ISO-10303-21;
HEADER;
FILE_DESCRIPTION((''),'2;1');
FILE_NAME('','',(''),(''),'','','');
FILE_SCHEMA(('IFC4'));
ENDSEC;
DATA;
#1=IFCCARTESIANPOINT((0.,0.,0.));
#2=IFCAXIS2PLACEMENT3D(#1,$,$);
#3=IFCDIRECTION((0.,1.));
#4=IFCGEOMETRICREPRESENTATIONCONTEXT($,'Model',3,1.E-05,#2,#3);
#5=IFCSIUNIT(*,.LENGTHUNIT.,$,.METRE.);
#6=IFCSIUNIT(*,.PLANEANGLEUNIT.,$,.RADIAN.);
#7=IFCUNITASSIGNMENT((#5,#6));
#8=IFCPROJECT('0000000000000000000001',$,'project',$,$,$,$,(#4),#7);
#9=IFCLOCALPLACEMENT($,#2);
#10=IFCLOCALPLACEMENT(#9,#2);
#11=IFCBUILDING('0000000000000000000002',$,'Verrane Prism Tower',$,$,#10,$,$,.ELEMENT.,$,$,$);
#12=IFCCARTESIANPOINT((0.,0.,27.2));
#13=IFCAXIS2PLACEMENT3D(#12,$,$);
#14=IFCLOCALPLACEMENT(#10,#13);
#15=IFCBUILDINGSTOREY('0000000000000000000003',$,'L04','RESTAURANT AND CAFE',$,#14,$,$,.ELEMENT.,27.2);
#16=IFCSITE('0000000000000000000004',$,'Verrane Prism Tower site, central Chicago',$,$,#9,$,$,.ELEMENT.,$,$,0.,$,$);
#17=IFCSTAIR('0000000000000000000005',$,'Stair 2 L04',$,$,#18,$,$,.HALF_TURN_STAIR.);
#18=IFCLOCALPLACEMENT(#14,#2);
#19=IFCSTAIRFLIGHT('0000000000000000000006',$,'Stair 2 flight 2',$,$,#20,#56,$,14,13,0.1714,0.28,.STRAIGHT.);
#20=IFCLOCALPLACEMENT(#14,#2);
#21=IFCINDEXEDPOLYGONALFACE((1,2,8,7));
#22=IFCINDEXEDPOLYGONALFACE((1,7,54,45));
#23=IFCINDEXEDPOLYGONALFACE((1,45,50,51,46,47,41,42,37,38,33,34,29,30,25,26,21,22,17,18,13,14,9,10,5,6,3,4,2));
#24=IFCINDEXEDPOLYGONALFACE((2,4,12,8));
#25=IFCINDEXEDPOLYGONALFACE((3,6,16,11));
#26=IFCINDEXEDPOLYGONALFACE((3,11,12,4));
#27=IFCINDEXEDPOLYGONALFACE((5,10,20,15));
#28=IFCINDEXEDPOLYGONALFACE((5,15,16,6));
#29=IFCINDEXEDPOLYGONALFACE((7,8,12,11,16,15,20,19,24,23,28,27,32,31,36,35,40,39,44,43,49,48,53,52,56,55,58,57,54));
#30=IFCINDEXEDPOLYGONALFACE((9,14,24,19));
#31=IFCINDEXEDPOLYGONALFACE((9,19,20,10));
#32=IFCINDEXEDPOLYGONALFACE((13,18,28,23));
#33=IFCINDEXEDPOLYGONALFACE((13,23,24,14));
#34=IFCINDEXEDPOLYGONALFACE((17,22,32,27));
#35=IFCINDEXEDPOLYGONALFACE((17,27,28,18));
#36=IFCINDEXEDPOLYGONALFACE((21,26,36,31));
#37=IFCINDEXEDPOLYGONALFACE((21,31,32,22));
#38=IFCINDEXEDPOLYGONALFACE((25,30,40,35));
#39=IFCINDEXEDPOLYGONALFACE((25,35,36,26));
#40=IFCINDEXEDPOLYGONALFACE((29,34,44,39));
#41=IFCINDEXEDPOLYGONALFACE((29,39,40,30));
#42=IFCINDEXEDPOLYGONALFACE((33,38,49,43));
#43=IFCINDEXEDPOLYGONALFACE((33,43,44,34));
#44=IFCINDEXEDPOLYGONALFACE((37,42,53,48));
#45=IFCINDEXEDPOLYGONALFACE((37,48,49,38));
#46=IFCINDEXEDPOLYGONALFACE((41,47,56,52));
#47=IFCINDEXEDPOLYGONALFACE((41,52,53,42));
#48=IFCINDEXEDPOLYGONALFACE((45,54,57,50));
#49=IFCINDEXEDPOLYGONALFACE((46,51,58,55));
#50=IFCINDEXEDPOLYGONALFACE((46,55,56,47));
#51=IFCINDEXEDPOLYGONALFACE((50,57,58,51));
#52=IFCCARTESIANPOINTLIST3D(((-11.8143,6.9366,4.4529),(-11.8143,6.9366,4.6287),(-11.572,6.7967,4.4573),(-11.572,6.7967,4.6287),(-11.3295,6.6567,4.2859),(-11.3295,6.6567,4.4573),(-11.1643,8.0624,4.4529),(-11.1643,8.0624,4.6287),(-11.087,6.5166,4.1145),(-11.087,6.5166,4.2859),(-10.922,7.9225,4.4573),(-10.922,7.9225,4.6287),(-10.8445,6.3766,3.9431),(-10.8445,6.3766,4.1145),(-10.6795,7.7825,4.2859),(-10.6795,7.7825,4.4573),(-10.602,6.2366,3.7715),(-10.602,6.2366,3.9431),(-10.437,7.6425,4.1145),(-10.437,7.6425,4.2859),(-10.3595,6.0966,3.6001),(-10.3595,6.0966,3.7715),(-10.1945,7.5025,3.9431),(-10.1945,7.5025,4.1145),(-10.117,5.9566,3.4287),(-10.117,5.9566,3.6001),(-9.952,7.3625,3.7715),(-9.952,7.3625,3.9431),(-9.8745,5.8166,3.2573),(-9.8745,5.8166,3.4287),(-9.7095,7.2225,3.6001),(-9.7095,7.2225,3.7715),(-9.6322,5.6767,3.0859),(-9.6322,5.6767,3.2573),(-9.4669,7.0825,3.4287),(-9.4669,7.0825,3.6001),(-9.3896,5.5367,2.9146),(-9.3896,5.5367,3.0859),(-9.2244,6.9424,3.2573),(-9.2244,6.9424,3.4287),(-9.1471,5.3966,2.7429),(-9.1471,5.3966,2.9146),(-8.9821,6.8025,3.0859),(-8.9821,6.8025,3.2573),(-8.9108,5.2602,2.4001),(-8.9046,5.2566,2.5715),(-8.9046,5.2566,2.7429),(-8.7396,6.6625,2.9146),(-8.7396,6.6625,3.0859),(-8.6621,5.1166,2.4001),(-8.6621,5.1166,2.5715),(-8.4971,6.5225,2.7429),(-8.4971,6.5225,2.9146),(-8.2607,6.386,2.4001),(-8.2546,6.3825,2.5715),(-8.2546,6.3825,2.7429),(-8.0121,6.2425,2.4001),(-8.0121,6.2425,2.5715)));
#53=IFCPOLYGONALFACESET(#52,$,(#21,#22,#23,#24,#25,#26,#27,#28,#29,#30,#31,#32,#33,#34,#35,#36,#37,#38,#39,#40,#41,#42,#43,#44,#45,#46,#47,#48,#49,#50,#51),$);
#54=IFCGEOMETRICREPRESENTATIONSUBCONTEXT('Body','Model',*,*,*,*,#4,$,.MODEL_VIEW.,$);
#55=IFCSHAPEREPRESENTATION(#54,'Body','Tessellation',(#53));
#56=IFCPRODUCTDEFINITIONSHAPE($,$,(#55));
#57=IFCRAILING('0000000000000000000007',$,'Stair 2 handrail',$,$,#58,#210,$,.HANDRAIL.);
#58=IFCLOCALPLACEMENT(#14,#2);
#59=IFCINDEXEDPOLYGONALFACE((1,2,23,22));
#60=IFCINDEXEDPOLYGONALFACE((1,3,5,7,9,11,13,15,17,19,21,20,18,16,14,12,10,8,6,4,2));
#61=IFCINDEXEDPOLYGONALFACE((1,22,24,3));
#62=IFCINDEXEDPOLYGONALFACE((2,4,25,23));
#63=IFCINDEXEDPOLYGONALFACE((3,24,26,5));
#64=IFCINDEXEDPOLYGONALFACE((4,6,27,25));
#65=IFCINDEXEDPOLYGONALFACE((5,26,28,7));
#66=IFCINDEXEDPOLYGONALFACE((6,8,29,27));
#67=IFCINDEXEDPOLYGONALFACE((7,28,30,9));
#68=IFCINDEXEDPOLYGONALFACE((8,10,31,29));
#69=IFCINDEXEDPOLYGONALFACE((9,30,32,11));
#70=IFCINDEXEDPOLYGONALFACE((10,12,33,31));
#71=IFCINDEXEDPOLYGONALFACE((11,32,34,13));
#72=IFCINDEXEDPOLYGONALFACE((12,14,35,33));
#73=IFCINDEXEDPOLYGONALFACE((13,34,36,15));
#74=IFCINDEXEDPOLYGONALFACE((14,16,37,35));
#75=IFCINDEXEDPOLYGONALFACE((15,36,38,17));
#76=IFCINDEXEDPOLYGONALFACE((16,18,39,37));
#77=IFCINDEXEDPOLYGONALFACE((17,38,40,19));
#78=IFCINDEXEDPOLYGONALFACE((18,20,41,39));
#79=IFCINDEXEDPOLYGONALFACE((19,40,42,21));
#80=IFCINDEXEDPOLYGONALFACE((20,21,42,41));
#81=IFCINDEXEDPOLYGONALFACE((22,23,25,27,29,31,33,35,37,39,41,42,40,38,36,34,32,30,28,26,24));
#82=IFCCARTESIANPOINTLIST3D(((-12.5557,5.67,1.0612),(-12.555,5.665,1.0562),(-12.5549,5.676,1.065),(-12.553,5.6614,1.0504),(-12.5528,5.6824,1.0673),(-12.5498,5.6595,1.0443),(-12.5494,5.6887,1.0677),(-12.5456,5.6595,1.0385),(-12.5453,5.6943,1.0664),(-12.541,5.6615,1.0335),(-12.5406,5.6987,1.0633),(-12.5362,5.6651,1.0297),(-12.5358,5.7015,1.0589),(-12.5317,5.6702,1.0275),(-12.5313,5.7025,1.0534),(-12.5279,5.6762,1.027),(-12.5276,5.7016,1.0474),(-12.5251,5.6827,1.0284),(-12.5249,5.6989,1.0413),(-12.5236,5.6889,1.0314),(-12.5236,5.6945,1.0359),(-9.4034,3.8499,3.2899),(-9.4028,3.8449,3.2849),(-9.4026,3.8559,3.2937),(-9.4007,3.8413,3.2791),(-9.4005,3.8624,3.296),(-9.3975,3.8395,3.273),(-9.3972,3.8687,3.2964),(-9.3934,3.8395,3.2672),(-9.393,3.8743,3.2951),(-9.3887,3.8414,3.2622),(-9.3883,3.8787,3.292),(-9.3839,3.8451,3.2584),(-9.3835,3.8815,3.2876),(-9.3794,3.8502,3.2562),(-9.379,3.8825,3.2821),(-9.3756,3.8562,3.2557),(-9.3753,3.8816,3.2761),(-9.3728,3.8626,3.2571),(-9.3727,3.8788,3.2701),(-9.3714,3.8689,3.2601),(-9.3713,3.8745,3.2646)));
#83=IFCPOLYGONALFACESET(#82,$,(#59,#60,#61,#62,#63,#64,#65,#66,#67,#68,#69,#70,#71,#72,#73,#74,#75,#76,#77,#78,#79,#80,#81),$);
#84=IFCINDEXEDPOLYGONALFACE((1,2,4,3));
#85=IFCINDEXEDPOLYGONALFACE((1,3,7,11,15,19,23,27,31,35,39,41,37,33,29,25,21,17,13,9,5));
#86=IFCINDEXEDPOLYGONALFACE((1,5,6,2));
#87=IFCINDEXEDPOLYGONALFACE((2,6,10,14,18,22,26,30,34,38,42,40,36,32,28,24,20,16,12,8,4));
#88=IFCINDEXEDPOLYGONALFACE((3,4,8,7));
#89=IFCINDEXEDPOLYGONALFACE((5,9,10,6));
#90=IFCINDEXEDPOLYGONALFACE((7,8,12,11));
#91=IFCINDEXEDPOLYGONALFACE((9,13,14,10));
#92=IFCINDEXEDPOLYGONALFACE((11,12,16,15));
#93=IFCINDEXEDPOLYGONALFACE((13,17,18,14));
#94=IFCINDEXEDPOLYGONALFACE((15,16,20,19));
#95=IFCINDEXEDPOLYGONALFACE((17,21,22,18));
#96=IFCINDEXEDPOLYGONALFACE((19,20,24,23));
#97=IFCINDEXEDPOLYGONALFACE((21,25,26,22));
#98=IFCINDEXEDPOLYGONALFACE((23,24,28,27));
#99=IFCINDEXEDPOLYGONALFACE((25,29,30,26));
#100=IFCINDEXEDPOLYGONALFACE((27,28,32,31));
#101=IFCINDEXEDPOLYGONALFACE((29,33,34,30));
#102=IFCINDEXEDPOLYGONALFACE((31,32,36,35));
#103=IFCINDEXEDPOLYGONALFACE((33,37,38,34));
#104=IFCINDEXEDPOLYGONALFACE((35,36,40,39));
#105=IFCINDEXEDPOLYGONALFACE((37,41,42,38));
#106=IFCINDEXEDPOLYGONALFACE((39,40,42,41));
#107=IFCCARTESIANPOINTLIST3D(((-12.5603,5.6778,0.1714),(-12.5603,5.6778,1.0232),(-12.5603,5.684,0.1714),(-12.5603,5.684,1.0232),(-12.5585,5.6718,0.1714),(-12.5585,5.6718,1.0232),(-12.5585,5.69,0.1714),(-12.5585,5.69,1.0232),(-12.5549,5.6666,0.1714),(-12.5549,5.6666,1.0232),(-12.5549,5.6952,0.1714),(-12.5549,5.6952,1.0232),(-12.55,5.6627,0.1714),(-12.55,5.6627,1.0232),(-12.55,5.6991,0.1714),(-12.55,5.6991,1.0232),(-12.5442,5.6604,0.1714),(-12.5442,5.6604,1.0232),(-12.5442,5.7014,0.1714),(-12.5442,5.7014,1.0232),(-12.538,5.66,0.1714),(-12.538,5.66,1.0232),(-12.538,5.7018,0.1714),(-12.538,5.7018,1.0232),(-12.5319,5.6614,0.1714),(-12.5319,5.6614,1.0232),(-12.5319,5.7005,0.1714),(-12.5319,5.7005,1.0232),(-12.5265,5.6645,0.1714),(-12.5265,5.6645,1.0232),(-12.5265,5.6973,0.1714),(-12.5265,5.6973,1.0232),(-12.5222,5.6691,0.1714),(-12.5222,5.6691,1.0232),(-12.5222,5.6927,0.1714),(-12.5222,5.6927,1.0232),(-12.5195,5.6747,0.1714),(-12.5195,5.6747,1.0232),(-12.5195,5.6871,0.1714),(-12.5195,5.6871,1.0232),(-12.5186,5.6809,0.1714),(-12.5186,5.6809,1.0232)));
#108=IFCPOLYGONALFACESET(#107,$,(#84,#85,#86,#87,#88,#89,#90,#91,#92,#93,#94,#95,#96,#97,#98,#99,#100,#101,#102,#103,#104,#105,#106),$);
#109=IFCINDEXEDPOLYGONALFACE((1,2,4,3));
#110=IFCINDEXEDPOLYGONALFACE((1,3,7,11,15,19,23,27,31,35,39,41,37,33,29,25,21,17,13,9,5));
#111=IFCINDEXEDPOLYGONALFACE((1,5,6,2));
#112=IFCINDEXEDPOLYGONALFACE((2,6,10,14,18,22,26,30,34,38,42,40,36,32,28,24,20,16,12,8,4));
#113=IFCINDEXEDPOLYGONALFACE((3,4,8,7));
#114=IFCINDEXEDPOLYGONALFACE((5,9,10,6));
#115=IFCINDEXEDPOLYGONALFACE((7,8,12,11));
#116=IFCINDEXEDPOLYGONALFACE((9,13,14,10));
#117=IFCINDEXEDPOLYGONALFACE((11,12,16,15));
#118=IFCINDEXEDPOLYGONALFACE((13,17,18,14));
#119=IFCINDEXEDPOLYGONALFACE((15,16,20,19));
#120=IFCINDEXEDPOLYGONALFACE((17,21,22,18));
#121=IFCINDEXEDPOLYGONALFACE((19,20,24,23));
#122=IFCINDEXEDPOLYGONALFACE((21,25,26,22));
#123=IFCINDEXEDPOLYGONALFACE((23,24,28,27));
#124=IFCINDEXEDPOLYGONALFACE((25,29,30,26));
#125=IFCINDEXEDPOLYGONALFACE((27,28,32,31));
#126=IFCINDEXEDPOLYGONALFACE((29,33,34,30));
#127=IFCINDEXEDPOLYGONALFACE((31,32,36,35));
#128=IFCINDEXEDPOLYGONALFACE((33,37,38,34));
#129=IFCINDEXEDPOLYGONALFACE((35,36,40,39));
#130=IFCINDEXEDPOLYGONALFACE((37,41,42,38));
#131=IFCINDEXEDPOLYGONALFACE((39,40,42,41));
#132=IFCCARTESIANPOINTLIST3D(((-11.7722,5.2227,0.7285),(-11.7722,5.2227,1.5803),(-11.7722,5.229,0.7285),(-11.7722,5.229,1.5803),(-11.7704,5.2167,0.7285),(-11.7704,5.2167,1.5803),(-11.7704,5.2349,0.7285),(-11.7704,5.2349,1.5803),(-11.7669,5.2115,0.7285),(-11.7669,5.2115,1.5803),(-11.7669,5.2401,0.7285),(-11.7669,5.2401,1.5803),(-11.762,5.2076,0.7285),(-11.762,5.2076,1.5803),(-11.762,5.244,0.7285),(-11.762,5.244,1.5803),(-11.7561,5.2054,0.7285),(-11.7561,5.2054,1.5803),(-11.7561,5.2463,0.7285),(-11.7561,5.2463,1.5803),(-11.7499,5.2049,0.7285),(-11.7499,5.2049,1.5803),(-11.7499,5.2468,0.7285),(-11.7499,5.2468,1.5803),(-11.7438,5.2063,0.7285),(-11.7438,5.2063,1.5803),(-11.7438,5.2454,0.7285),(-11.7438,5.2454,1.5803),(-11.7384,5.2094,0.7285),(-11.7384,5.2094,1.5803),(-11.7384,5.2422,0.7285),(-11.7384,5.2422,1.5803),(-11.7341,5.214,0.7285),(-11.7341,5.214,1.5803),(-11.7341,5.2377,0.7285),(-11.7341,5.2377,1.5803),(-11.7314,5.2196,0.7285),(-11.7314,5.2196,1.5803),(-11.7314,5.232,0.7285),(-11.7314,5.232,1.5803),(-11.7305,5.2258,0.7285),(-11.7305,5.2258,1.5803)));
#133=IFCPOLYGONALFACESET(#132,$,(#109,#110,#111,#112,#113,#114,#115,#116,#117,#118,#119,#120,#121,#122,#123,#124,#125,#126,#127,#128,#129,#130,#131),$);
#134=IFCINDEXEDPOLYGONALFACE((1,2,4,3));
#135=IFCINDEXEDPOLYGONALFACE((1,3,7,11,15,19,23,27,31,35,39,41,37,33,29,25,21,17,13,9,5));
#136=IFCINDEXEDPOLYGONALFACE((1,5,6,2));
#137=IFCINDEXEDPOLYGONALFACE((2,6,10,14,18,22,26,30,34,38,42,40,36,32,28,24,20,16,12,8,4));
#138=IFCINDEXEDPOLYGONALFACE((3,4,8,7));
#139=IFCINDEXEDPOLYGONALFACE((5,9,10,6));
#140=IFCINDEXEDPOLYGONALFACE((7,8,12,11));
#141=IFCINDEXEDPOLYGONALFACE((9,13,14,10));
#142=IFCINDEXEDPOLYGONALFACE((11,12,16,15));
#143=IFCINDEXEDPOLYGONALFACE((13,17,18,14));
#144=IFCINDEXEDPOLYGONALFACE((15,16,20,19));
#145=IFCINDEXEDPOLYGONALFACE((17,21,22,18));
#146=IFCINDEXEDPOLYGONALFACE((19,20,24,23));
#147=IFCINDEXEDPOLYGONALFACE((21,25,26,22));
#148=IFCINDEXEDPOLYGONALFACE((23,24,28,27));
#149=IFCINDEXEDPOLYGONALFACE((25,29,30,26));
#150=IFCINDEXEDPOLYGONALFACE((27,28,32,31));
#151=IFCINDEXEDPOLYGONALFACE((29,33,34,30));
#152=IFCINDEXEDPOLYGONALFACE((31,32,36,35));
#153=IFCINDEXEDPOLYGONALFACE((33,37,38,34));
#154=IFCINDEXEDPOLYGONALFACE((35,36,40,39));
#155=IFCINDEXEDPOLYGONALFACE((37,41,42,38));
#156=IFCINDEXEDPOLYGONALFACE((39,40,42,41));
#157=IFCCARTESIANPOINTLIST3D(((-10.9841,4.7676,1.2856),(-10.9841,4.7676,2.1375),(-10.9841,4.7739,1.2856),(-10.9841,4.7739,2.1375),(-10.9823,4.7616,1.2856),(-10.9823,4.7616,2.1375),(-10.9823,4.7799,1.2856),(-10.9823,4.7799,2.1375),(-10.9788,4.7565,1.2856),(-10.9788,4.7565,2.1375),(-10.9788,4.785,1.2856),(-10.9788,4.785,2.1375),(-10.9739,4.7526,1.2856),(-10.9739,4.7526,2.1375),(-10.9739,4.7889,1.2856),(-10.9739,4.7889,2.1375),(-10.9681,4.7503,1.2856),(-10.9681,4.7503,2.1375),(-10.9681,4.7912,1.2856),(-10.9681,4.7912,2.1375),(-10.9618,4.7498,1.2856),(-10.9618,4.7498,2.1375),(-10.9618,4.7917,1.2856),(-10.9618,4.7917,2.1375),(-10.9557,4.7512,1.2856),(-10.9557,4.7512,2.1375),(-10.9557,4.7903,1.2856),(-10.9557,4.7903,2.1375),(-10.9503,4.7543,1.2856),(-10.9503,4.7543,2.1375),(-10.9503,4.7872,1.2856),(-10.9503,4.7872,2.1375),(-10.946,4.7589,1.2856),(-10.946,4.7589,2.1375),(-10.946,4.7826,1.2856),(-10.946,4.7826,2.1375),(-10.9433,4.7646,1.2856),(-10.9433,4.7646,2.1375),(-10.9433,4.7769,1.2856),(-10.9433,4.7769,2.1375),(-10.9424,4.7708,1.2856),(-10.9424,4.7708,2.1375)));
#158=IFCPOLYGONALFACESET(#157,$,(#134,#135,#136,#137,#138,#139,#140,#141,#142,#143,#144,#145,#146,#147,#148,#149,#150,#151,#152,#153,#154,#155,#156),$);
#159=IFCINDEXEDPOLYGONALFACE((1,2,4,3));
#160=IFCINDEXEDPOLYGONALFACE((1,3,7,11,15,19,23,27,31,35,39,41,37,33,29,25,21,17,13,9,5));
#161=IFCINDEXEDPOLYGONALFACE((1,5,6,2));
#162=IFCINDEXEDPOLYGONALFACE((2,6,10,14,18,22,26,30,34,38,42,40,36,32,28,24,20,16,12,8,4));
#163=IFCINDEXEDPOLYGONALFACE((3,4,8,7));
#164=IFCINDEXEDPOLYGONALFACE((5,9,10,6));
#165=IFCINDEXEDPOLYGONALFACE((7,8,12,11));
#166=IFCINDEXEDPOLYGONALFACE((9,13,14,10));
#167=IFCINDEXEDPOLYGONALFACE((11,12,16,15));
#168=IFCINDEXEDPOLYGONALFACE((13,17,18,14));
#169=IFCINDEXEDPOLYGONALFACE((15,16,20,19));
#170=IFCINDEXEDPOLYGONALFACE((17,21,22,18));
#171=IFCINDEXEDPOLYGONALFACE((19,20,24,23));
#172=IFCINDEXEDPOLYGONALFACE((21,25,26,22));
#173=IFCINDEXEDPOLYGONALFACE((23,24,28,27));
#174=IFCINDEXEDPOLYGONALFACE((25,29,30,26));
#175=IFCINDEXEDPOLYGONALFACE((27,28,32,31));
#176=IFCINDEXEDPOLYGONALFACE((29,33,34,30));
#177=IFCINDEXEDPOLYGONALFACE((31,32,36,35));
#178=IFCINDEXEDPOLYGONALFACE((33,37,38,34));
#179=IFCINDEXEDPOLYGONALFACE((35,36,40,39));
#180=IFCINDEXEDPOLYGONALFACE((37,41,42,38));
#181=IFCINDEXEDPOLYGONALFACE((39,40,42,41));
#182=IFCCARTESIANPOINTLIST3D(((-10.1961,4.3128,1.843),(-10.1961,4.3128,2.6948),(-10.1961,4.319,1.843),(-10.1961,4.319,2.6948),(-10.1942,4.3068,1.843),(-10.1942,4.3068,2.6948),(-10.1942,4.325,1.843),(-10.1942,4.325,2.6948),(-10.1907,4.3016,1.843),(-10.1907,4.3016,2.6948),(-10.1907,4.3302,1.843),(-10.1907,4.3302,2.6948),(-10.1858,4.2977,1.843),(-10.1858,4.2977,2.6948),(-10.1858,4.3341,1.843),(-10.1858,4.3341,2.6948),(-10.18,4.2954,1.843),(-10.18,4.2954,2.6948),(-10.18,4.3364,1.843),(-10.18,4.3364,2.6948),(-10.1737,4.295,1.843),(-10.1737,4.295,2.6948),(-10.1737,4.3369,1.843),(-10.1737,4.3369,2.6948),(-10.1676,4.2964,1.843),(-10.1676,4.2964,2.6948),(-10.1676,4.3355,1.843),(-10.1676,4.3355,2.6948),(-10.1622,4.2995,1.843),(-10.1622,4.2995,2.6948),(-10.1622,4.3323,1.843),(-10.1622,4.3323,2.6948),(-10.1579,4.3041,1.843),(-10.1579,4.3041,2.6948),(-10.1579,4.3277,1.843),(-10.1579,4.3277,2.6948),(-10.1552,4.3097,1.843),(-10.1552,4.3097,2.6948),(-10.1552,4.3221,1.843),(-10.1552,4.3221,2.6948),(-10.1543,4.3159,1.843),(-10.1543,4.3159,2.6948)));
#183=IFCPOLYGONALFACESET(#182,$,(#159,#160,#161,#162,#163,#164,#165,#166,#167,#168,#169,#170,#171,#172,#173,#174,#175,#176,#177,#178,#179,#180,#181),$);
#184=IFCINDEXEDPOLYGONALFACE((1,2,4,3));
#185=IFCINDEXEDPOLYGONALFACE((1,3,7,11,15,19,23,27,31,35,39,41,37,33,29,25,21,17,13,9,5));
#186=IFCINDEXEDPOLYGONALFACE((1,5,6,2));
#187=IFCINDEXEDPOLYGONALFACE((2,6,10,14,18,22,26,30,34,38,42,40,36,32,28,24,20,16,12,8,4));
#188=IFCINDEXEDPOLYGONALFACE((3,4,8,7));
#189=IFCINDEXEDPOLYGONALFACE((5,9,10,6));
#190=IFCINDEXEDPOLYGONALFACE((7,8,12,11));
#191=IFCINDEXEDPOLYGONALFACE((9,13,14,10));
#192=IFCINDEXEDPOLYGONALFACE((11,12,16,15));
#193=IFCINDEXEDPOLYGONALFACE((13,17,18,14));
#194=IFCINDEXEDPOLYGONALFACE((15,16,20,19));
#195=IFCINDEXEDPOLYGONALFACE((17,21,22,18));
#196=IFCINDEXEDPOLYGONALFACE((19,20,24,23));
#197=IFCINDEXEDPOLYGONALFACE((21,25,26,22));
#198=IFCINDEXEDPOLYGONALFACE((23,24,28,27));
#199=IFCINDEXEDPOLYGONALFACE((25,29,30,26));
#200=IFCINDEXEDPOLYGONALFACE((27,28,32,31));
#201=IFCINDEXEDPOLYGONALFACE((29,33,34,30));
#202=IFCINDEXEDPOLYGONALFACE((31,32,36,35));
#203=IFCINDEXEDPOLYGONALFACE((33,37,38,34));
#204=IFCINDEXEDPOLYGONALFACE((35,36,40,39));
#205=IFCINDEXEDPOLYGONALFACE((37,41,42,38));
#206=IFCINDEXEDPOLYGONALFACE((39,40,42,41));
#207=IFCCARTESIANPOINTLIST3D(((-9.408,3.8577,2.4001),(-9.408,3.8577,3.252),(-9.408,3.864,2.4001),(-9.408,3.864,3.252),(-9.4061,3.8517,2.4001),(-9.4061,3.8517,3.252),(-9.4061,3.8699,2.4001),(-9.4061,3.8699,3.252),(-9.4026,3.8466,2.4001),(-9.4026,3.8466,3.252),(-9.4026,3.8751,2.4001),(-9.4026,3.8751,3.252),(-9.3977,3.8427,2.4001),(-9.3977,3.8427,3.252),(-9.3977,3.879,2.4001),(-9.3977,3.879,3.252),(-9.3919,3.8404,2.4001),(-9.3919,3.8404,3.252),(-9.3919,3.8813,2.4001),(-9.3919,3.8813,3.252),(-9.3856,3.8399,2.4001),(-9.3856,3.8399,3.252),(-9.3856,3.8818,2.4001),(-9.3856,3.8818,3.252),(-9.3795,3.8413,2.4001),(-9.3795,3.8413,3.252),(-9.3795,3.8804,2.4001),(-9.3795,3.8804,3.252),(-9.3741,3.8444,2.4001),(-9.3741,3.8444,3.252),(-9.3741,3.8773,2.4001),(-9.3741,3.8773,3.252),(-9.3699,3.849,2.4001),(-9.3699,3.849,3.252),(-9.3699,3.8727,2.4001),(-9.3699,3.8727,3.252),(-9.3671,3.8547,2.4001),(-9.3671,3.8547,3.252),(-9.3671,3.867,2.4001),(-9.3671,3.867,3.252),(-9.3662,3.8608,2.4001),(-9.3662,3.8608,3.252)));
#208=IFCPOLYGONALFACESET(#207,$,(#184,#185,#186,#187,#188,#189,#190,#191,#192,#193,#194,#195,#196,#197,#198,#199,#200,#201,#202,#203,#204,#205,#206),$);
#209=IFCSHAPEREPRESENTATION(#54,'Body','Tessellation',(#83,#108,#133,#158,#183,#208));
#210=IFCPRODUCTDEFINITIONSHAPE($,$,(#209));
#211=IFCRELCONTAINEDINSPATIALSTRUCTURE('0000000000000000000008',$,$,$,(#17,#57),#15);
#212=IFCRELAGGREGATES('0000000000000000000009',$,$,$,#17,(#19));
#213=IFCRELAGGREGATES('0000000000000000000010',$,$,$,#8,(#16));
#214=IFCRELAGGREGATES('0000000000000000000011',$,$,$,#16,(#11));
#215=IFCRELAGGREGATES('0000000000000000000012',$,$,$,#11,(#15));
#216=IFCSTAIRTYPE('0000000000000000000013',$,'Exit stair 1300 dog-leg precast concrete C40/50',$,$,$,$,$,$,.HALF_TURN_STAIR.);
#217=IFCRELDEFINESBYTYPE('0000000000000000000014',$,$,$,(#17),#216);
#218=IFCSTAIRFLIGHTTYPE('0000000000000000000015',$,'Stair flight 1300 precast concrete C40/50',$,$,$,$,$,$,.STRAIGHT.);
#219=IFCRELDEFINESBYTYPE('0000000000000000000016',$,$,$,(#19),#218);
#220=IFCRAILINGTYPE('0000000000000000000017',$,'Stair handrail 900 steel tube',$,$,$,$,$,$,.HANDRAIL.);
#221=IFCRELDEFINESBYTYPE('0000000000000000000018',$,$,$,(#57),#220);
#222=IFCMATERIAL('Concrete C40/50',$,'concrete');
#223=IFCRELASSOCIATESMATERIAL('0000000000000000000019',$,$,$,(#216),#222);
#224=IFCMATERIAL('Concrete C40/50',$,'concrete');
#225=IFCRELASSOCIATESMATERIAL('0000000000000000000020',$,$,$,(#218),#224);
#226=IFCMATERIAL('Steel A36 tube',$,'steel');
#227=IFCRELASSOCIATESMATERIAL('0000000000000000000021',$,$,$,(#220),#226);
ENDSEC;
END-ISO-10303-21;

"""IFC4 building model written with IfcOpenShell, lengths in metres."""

from ifc_helpers import new_model, si_unit, direction, frame, origin, origin_2d, place, context, subcontext, project, spatial, polyline, circle, outline, extrude, material, type_object, element, aggregate, save


model = new_model("IFC4")

# Units and contexts
model_context = context("Model", 3, precision=1e-05, world=origin(), true_north=direction((0.0, 1.0)))
body_context = subcontext(model_context, "Body", "Model", "MODEL_VIEW")
ifc_project = project(units=[si_unit("LENGTHUNIT", "METRE"), si_unit("PLANEANGLEUNIT", "RADIAN")], contexts=[model_context])

# Site, building, storey
site_placement = place(None, origin())
site = spatial("IfcSite", under=ifc_project, at=site_placement, Name="Verrane Prism Tower site, central Chicago", CompositionType="ELEMENT", RefElevation=0.0)
building_placement = place(site_placement, origin())
building = spatial("IfcBuilding", under=site, at=building_placement, Name="Verrane Prism Tower", CompositionType="ELEMENT")
storey_placement = place(building_placement, frame((0.0, 0.0, 27.2)))
storey = spatial("IfcBuildingStorey", under=building, at=storey_placement, Name="L04", Description="RESTAURANT AND CAFE", CompositionType="ELEMENT", Elevation=27.2)

# Stair, stair flight
ifc_material_1 = material(Name="Concrete C40/50", Category="concrete")
stair_type = type_object("IfcStairType", Name="Exit stair 1300 dog-leg precast concrete C40/50", PredefinedType="HALF_TURN_STAIR", material=ifc_material_1)
stair_placement = place(storey_placement, origin())
stair = element("IfcStair", 1, at=stair_placement, inside=storey, type_object=stair_type, Name="Stair 2 L04", PredefinedType="HALF_TURN_STAIR")
ifc_material_2 = material(Name="Concrete C40/50", Category="concrete")
stair_flight_type = type_object("IfcStairFlightType", Name="Stair flight 1300 precast concrete C40/50", PredefinedType="STRAIGHT", material=ifc_material_2)
stair_flight_1_placement = place(storey_placement, frame((-8.3372, 5.6794, 2.4001), z_axis=(0.0, 0.0, 1.0), x_axis=(-0.866025, 0.5, 0.0)))
stair_flight_1 = element("IfcStairFlight", 2, at=stair_flight_1_placement, type_object=stair_flight_type, Name="Stair 2 flight 2", NumberOfRisers=14, NumberOfTreads=13, PredefinedType="STRAIGHT", RiserHeight=0.1714, TreadLength=0.28, context=body_context, shape_type="SweptSolid", body=[
    extrude(outline(polyline([(0.0, 0.0), (0.0, 0.1714), (0.28, 0.1714), (0.28, 0.3428), (0.5601, 0.3428), (0.5601, 0.5144), (0.8401, 0.5144), (0.8401, 0.6858), (1.1201, 0.6858), (1.1201, 0.8572), (1.3999, 0.8572), (1.3999, 1.0286), (1.6799, 1.0286), (1.6799, 1.2), (1.96, 1.2), (1.96, 1.3713), (2.24, 1.3713), (2.24, 1.543), (2.52, 1.543), (2.52, 1.7144), (2.8, 1.7144), (2.8, 1.8857), (3.0801, 1.8857), (3.0801, 2.0571), (3.3601, 2.0571), (3.3601, 2.2285), (3.6399, 2.2285), (3.6399, 2.3999), (3.6399, 2.0527), (0.2871, 0.0), (0.0, 0.0)])), frame((0.0, 0.6499, 0.0), z_axis=(0.0, -1.0, 0.0), x_axis=(1.0, 0.0, 0.0)), (0.0, 0.0, 1.0), 1.3),
])
aggregate(stair, [stair_flight_1])

# Railing
ifc_material_3 = material(Name="Steel A36 tube", Category="steel")
railing_type = type_object("IfcRailingType", Name="Stair handrail 900 steel tube", PredefinedType="HANDRAIL", material=ifc_material_3)
railing_1_placement = place(storey_placement, frame((-12.5396, 5.6809, 0.1714)))
element("IfcRailing", 3, at=railing_1_placement, inside=storey, type_object=railing_type, Name="Stair 2 handrail", PredefinedType="HANDRAIL", context=body_context, shape_type="SweptSolid", body=[
    extrude(circle(Radius=0.0239, at=origin_2d()), frame((0.0, 0.0, 0.876), z_axis=(0.73857, -0.426428, 0.522181), x_axis=(0.500013, 0.866018, 0.0)), (0.0, 0.0, 1.0), 4.2681),
    extrude(circle(Radius=0.021, at=origin_2d()), origin(), (0.0, 0.0, 1.0), 0.8518),
    extrude(circle(Radius=0.021, at=origin_2d()), frame((0.7881, -0.4551, 0.5571)), (0.0, 0.0, 1.0), 0.8518),
    extrude(circle(Radius=0.021, at=origin_2d()), frame((1.5762, -0.9102, 1.1143)), (0.0, 0.0, 1.0), 0.8518),
    extrude(circle(Radius=0.021, at=origin_2d()), frame((2.3643, -1.365, 1.6716)), (0.0, 0.0, 1.0), 0.8518),
    extrude(circle(Radius=0.021, at=origin_2d()), frame((3.1523, -1.8201, 2.2288)), (0.0, 0.0, 1.0), 0.8518),
])

save(model, "model.ifc")
